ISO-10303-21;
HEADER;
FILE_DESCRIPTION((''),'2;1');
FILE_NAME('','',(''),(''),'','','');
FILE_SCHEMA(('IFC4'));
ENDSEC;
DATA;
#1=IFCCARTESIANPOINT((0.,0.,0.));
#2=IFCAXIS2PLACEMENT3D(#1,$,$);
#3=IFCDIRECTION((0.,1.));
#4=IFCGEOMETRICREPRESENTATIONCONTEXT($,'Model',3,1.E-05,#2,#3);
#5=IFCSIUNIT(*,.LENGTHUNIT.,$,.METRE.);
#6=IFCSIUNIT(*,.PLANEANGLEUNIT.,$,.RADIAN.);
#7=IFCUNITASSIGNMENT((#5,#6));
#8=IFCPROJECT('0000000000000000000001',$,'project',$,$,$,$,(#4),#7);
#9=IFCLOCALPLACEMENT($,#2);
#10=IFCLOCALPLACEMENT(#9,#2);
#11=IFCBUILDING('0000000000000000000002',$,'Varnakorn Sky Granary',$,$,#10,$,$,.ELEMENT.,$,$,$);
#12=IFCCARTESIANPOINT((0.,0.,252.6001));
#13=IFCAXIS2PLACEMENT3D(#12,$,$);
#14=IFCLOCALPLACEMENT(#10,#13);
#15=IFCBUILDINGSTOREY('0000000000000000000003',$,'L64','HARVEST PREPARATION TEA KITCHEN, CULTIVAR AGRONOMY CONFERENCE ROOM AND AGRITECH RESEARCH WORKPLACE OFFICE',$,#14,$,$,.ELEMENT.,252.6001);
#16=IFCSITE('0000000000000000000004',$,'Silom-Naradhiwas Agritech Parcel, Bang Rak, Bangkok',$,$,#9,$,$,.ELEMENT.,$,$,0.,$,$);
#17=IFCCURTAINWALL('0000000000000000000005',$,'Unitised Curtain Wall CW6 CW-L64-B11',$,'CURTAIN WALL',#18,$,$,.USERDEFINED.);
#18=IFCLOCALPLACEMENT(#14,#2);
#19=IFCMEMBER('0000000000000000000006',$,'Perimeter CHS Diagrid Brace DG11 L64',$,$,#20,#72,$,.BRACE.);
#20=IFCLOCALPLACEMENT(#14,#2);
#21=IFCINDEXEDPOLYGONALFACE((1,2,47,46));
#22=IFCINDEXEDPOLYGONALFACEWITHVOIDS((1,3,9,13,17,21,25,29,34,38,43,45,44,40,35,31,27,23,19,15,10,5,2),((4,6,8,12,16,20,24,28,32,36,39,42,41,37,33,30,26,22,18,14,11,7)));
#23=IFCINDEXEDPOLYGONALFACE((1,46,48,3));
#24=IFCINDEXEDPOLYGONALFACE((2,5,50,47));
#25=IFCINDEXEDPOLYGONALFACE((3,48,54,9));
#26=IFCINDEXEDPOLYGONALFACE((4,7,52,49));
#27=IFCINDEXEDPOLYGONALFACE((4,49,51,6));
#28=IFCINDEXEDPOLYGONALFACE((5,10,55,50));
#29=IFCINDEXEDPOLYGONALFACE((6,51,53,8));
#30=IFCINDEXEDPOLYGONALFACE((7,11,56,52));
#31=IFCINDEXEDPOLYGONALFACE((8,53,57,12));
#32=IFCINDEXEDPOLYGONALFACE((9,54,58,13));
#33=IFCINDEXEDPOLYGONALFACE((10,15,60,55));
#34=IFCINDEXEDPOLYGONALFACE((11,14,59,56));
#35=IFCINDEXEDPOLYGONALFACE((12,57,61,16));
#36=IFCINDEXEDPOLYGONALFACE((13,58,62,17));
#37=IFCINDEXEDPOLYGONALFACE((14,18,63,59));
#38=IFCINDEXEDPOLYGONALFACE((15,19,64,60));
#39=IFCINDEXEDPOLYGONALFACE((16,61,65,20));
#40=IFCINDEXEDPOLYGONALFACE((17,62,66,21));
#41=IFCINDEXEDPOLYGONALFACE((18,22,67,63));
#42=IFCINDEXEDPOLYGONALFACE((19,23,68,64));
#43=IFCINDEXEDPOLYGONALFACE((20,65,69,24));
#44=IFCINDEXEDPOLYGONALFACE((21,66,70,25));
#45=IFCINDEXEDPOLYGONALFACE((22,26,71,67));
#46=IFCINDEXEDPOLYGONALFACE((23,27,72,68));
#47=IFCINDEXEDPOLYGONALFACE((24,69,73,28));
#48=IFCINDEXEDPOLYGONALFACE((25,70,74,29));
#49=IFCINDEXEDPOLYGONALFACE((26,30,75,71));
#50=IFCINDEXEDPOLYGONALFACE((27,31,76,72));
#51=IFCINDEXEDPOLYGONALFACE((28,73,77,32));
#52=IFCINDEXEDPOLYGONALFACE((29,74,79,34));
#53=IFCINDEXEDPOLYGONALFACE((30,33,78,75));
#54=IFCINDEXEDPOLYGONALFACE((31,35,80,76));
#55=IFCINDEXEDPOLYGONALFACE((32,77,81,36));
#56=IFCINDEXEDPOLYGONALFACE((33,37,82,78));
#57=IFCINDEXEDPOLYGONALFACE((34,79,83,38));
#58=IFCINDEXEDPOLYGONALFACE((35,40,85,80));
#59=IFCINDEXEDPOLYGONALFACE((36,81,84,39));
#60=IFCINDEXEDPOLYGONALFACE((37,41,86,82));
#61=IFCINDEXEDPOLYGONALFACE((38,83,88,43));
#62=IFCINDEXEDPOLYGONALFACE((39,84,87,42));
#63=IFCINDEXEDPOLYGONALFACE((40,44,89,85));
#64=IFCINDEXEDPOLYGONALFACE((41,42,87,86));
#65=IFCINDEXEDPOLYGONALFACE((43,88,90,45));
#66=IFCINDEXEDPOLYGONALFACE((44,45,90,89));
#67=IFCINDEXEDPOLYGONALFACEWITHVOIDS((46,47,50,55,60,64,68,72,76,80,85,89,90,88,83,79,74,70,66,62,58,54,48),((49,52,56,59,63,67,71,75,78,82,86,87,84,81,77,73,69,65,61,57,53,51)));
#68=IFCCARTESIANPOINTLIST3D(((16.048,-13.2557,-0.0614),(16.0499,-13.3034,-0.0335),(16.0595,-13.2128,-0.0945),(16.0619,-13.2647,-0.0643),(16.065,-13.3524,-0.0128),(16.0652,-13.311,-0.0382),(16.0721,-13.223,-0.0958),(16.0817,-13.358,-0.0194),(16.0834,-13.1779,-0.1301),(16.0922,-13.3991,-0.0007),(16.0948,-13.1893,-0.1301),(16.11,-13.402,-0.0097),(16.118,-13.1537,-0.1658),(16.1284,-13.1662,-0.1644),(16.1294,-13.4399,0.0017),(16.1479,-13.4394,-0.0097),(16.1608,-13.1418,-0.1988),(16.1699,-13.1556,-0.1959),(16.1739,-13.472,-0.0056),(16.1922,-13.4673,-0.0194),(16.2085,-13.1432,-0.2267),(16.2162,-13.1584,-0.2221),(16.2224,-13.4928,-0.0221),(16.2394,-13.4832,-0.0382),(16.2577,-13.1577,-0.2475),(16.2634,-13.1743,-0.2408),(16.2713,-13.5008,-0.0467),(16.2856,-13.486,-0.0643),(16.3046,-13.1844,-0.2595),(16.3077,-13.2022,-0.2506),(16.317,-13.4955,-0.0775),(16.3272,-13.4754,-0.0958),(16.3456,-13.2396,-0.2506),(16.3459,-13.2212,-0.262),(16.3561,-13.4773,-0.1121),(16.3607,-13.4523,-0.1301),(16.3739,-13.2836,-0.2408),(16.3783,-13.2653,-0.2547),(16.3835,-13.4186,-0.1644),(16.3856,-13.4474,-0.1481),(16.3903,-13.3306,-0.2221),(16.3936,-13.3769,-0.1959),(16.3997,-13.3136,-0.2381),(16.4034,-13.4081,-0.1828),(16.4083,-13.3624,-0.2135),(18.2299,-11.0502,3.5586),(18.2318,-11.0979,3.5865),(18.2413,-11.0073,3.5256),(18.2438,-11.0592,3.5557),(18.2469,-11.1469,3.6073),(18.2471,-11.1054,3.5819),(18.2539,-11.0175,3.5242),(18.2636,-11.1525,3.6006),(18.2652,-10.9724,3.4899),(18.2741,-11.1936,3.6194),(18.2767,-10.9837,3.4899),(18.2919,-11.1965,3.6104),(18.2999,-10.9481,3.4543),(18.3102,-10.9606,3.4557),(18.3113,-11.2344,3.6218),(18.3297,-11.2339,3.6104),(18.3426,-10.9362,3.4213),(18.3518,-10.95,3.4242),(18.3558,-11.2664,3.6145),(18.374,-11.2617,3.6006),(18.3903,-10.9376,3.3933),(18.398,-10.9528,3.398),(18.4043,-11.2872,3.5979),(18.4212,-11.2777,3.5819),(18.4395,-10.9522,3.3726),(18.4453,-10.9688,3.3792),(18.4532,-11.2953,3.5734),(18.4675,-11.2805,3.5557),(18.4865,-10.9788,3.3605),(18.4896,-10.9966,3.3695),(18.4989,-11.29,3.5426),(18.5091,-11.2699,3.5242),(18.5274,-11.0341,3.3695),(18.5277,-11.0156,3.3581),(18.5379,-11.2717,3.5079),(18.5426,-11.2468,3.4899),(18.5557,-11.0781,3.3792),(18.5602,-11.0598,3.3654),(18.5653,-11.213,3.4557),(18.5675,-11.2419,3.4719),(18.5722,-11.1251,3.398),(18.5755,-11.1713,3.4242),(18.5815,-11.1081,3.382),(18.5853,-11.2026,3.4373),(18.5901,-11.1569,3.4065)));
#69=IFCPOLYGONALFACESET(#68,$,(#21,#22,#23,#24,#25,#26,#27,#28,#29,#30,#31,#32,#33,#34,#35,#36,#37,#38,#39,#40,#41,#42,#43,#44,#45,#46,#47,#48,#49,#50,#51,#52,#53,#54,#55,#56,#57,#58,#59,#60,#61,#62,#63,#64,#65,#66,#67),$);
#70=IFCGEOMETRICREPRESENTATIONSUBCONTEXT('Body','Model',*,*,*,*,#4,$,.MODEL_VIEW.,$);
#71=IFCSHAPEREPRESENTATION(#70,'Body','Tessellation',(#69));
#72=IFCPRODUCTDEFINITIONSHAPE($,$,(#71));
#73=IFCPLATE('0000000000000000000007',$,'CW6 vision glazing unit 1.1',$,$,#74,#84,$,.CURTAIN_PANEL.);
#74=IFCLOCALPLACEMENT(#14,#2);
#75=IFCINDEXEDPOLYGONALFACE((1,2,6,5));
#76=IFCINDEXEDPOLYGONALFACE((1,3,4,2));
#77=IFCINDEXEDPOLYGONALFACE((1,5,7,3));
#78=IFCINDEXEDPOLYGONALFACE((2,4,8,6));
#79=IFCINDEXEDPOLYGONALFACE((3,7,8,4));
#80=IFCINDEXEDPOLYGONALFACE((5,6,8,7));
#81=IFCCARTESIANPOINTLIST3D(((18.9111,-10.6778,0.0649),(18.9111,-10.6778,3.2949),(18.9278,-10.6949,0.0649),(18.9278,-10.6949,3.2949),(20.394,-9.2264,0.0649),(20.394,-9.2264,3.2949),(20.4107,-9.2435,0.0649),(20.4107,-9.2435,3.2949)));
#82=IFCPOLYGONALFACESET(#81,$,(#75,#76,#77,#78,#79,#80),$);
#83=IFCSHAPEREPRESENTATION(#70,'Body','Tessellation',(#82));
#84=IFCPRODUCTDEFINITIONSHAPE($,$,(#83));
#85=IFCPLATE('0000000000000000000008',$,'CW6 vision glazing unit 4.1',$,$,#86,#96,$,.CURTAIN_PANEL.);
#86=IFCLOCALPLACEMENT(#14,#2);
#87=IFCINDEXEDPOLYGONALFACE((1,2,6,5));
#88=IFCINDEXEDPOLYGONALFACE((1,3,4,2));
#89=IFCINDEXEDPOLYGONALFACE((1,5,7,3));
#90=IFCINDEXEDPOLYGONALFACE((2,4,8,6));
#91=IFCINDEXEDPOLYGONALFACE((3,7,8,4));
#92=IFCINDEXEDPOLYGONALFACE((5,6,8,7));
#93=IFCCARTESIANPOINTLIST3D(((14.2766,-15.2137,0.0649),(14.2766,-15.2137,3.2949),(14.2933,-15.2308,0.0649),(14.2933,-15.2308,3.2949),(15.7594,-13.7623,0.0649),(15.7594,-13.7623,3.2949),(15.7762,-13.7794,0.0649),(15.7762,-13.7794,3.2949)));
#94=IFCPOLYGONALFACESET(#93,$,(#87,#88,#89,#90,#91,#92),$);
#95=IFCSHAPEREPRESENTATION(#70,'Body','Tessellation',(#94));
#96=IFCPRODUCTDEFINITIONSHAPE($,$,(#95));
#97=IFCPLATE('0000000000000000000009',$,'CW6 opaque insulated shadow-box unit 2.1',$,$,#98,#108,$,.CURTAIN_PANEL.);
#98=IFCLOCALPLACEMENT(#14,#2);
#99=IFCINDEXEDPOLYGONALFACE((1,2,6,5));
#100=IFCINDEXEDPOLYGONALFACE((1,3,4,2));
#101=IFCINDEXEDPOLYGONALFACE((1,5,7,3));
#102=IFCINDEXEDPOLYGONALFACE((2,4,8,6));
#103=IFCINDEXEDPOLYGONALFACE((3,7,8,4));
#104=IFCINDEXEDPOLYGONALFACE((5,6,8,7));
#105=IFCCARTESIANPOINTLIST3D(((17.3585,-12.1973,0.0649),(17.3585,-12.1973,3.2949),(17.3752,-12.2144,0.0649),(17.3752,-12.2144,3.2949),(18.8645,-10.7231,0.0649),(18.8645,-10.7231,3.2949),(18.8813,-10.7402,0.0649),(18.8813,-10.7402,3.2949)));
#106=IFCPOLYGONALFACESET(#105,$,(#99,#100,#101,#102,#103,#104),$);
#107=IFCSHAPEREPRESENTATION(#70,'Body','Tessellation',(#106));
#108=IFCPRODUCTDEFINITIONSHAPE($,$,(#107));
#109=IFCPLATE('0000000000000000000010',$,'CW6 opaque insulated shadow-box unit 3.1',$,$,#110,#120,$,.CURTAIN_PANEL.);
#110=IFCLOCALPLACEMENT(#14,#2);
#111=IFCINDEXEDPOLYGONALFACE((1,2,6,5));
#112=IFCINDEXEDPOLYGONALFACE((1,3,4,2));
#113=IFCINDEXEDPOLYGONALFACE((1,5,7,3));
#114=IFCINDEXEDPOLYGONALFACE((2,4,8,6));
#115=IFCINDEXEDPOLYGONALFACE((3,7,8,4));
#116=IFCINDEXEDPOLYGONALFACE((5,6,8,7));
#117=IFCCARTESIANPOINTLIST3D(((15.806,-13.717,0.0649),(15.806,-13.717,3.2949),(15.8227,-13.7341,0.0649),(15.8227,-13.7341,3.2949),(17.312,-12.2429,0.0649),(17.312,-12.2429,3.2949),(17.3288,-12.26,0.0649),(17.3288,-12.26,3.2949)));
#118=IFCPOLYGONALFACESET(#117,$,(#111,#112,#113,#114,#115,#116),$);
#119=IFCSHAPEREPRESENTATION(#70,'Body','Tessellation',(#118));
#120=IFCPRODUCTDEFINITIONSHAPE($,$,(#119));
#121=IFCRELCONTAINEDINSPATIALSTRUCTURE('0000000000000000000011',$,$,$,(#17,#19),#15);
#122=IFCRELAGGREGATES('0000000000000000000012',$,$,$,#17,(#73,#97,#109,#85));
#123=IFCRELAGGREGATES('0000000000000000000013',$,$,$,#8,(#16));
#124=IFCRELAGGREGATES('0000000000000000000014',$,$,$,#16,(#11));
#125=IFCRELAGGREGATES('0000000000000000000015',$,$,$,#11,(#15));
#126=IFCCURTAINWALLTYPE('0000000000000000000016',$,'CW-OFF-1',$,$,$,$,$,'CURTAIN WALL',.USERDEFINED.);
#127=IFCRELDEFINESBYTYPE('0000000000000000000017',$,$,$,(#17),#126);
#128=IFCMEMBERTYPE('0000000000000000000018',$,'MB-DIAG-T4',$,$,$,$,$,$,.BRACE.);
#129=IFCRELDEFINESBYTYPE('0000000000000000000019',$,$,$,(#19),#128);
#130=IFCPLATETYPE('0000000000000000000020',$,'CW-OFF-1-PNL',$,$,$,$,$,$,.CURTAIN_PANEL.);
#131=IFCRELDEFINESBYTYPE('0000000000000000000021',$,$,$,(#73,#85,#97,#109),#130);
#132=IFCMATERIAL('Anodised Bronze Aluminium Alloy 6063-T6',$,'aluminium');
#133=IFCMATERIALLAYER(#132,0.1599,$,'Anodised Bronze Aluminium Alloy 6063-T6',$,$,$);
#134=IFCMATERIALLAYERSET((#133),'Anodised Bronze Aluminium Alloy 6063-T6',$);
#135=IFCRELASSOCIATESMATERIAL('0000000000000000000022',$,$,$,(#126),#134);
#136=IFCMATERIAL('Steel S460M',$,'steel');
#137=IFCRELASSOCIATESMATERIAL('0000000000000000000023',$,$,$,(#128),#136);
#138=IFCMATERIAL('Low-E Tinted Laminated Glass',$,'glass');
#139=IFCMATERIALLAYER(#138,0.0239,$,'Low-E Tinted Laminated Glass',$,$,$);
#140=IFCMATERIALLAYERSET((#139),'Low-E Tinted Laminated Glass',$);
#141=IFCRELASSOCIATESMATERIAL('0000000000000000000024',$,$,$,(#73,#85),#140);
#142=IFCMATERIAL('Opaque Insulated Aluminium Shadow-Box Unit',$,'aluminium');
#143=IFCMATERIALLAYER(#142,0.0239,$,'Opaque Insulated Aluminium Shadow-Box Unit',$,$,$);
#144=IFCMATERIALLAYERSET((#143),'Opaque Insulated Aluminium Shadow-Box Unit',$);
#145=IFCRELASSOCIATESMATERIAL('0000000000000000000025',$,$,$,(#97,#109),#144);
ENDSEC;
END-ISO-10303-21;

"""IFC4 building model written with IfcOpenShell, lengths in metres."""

from ifc_helpers import new_model, si_unit, direction, frame, origin, origin_2d, place, context, subcontext, project, spatial, rectangle, hollow_circle, extrude, source, transform, mapped, material, layer, layer_set, material_profile, profile_set, type_object, type_shapes, element, aggregate, save


model = new_model("IFC4")

# Units and contexts
model_context = context("Model", 3, precision=1e-05, world=origin(), true_north=direction((0.0, 1.0)))
body_context = subcontext(model_context, "Body", "Model", "MODEL_VIEW")
ifc_project = project(units=[si_unit("LENGTHUNIT", "METRE"), si_unit("PLANEANGLEUNIT", "RADIAN")], contexts=[model_context])

# Site, building, storey
site_placement = place(None, origin())
site = spatial("IfcSite", under=ifc_project, at=site_placement, Name="Silom-Naradhiwas Agritech Parcel, Bang Rak, Bangkok", CompositionType="ELEMENT", RefElevation=0.0)
building_placement = place(site_placement, origin())
building = spatial("IfcBuilding", under=site, at=building_placement, Name="Varnakorn Sky Granary", CompositionType="ELEMENT")
storey_placement = place(building_placement, frame((0.0, 0.0, 252.6001)))
storey = spatial("IfcBuildingStorey", under=building, at=storey_placement, Name="L64", Description="HARVEST PREPARATION TEA KITCHEN, CULTIVAR AGRONOMY CONFERENCE ROOM AND AGRITECH RESEARCH WORKPLACE OFFICE", CompositionType="ELEMENT", Elevation=252.6001)

# Shared definitions
ifc_material_1 = material(Name="Steel S460M", Category="steel")

# Shared definitions
ifc_material_2 = material(Name="Anodised Bronze Aluminium Alloy 6063-T6", Category="aluminium")
ifc_layer_1 = layer(ifc_material_2, 0.1599, Name="Anodised Bronze Aluminium Alloy 6063-T6")
ifc_layer_set_1 = layer_set([ifc_layer_1], Name="Anodised Bronze Aluminium Alloy 6063-T6")
curtain_wall_type = type_object("IfcCurtainWallType", Name="CW-OFF-1", ElementType="CURTAIN WALL", PredefinedType="USERDEFINED", material=ifc_layer_set_1)

# Curtain wall
curtain_wall_1_placement = place(storey_placement, origin())
curtain_wall_1 = element("IfcCurtainWall", 1, at=curtain_wall_1_placement, inside=storey, type_object=curtain_wall_type, Name="Unitised Curtain Wall CW6 CW-L64-B11", ObjectType="CURTAIN WALL", PredefinedType="USERDEFINED")

# Member
ifc_material_profile_1 = material_profile(ifc_material_1, hollow_circle(Radius=0.2031, WallThickness=0.0161, at=origin_2d()), Name="CHS 406.4x16")
ifc_profile_set_1 = profile_set([ifc_material_profile_1], Name="Steel S460M")
member_type_1 = type_object("IfcMemberType", Name="MB-DIAG-T4", PredefinedType="BRACE", material=ifc_profile_set_1)
member_1_placement = place(storey_placement, frame((16.2278, -13.3208, -0.1301), z_axis=(0.457645, 0.462612, 0.75931), x_axis=(-0.710913, 0.70328, 0.0)))
element("IfcMember", 2, at=member_1_placement, inside=storey, type_object=member_type_1, Name="Perimeter CHS Diagrid Brace DG11 L64", PredefinedType="BRACE", context=body_context, shape_type="SweptSolid", body=[
    extrude(hollow_circle(Radius=0.2031, WallThickness=0.0161, at=origin_2d()), origin(), (0.0, 0.0, 1.0), 4.7676),
])

# Plates
ifc_material_3 = material(Name="Low-E Tinted Laminated Glass", Category="glass")
ifc_layer_2 = layer(ifc_material_3, 0.0239, Name="Low-E Tinted Laminated Glass")
ifc_layer_set_2 = layer_set([ifc_layer_2], Name="Low-E Tinted Laminated Glass")
plate_type = type_object("IfcPlateType", Name="CW-OFF-1-PNL", PredefinedType="CURTAIN_PANEL")
shared_shape_1 = source(origin(), body_context, "Body", "SweptSolid", [
    extrude(rectangle(XDim=2.075, YDim=0.0239, at=origin_2d()), origin(), (0.0, 0.0, 1.0), 3.23),
])
plate_1_placement = place(storey_placement, frame((19.6609, -9.9607, 0.0649), z_axis=(0.0, 0.0, 1.0), x_axis=(-0.71465, -0.699482, 0.0)))
plate_1 = element("IfcPlate", 3, at=plate_1_placement, type_object=plate_type, material=ifc_layer_set_2, Name="CW6 vision glazing unit 1.1", PredefinedType="CURTAIN_PANEL", context=body_context, shape_type="MappedRepresentation", body=[
    mapped(shared_shape_1, transform((0.0, 0.0, 0.0), x_axis=(1.0, 0.0, 0.0), y_axis=(0.0, 1.0, 0.0), z_axis=(0.0, 0.0, 1.0), scale=1.0)),
])
plate_2_placement = place(storey_placement, frame((15.0264, -14.4966, 0.0649), z_axis=(0.0, 0.0, 1.0), x_axis=(-0.71465, -0.699482, 0.0)))
plate_2 = element("IfcPlate", 4, at=plate_2_placement, type_object=plate_type, material=ifc_layer_set_2, Name="CW6 vision glazing unit 4.1", PredefinedType="CURTAIN_PANEL", context=body_context, shape_type="MappedRepresentation", body=[
    mapped(shared_shape_1, transform((0.0, 0.0, 0.0), x_axis=(1.0, 0.0, 0.0), y_axis=(0.0, 1.0, 0.0), z_axis=(0.0, 0.0, 1.0), scale=1.0)),
])
ifc_material_4 = material(Name="Opaque Insulated Aluminium Shadow-Box Unit", Category="aluminium")
ifc_layer_3 = layer(ifc_material_4, 0.0239, Name="Opaque Insulated Aluminium Shadow-Box Unit")
ifc_layer_set_3 = layer_set([ifc_layer_3], Name="Opaque Insulated Aluminium Shadow-Box Unit")
shared_shape_2 = source(origin(), body_context, "Body", "SweptSolid", [
    extrude(rectangle(XDim=2.1074, YDim=0.0239, at=origin_2d()), origin(), (0.0, 0.0, 1.0), 3.23),
])
type_shapes(plate_type, [shared_shape_1, shared_shape_2])
plate_3_placement = place(storey_placement, frame((18.1199, -11.4688, 0.0649), z_axis=(0.0, 0.0, 1.0), x_axis=(-0.71465, -0.699482, 0.0)))
plate_3 = element("IfcPlate", 5, at=plate_3_placement, type_object=plate_type, material=ifc_layer_set_3, Name="CW6 opaque insulated shadow-box unit 2.1", PredefinedType="CURTAIN_PANEL", context=body_context, shape_type="MappedRepresentation", body=[
    mapped(shared_shape_2, transform((0.0, 0.0, 0.0), x_axis=(1.0, 0.0, 0.0), y_axis=(0.0, 1.0, 0.0), z_axis=(0.0, 0.0, 1.0), scale=1.0)),
])
plate_4_placement = place(storey_placement, frame((16.5674, -12.9885, 0.0649), z_axis=(0.0, 0.0, 1.0), x_axis=(-0.71465, -0.699482, 0.0)))
plate_4 = element("IfcPlate", 6, at=plate_4_placement, type_object=plate_type, material=ifc_layer_set_3, Name="CW6 opaque insulated shadow-box unit 3.1", PredefinedType="CURTAIN_PANEL", context=body_context, shape_type="MappedRepresentation", body=[
    mapped(shared_shape_2, transform((0.0, 0.0, 0.0), x_axis=(1.0, 0.0, 0.0), y_axis=(0.0, 1.0, 0.0), z_axis=(0.0, 0.0, 1.0), scale=1.0)),
])
aggregate(curtain_wall_1, [plate_1, plate_3, plate_4, plate_2])

save(model, "model.ifc")
